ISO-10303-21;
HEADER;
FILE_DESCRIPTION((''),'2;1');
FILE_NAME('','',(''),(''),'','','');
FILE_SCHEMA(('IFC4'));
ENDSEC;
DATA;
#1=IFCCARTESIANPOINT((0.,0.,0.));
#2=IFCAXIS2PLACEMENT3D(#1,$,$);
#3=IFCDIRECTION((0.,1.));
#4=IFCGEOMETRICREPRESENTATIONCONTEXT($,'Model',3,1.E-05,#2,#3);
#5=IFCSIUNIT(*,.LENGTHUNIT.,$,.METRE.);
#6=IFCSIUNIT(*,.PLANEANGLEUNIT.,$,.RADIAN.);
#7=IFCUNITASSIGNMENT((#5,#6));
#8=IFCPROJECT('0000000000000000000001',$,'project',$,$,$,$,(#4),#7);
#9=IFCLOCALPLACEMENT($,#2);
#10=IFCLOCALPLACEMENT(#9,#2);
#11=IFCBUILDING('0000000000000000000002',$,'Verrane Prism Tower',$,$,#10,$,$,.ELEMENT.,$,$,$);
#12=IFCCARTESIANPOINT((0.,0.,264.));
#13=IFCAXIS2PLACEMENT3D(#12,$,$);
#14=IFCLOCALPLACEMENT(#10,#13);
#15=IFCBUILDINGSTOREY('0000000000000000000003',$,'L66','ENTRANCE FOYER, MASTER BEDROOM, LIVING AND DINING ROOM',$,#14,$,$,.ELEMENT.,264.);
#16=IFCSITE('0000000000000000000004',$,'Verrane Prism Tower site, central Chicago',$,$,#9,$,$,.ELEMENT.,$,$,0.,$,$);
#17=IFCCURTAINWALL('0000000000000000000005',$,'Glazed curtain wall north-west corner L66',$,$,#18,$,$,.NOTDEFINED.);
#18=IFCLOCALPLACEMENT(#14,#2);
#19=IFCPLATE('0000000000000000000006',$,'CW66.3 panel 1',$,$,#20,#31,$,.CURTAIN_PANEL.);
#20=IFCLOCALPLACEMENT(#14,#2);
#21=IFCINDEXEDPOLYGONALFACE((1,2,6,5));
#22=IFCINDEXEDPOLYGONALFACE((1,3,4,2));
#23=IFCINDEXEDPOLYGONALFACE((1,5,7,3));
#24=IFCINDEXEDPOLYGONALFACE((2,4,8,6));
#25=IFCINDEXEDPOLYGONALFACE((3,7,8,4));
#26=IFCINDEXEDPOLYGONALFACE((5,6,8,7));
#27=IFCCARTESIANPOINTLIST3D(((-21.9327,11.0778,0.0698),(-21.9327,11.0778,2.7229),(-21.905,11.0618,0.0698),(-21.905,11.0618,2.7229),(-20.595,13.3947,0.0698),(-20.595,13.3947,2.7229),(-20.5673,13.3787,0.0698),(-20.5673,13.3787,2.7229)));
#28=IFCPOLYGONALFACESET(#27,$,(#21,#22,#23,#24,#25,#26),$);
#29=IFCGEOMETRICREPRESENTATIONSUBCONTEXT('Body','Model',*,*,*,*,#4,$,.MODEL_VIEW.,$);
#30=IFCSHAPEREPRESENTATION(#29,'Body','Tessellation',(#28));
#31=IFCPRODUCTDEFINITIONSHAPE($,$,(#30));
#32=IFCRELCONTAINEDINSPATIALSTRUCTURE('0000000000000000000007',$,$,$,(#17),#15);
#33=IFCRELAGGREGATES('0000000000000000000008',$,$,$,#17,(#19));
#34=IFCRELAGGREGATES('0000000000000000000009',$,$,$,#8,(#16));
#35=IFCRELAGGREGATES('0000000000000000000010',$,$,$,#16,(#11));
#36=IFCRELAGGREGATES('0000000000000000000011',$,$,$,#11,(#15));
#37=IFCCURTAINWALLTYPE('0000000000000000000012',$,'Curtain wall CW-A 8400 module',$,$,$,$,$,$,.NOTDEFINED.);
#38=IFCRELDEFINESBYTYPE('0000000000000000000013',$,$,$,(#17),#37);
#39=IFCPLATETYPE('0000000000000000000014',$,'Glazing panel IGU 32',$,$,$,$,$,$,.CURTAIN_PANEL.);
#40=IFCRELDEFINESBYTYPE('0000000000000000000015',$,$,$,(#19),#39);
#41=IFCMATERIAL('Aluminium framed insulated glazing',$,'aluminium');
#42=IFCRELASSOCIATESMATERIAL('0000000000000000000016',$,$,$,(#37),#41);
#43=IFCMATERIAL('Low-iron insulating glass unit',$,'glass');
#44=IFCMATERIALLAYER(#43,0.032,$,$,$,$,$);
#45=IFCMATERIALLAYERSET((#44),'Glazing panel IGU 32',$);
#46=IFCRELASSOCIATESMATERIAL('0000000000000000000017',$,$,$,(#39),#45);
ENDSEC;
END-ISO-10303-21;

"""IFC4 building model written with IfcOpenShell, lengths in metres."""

from ifc_helpers import new_model, si_unit, direction, frame, origin, origin_2d, place, context, subcontext, project, spatial, rectangle, extrude, material, layer, layer_set, type_object, element, aggregate, save


model = new_model("IFC4")

# Units and contexts
model_context = context("Model", 3, precision=1e-05, world=origin(), true_north=direction((0.0, 1.0)))
body_context = subcontext(model_context, "Body", "Model", "MODEL_VIEW")
ifc_project = project(units=[si_unit("LENGTHUNIT", "METRE"), si_unit("PLANEANGLEUNIT", "RADIAN")], contexts=[model_context])

# Site, building, storey
site_placement = place(None, origin())
site = spatial("IfcSite", under=ifc_project, at=site_placement, Name="Verrane Prism Tower site, central Chicago", CompositionType="ELEMENT", RefElevation=0.0)
building_placement = place(site_placement, origin())
building = spatial("IfcBuilding", under=site, at=building_placement, Name="Verrane Prism Tower", CompositionType="ELEMENT")
storey_placement = place(building_placement, frame((0.0, 0.0, 264.0)))
storey = spatial("IfcBuildingStorey", under=building, at=storey_placement, Name="L66", Description="ENTRANCE FOYER, MASTER BEDROOM, LIVING AND DINING ROOM", CompositionType="ELEMENT", Elevation=264.0)

# Curtain wall
ifc_material_1 = material(Name="Aluminium framed insulated glazing", Category="aluminium")
curtain_wall_type_1 = type_object("IfcCurtainWallType", Name="Curtain wall CW-A 8400 module", PredefinedType="NOTDEFINED", material=ifc_material_1)
curtain_wall_1_placement = place(storey_placement, origin())
curtain_wall_1 = element("IfcCurtainWall", 1, at=curtain_wall_1_placement, inside=storey, type_object=curtain_wall_type_1, Name="Glazed curtain wall north-west corner L66", PredefinedType="NOTDEFINED")

# Plate
ifc_material_2 = material(Name="Low-iron insulating glass unit", Category="glass")
ifc_layer_1 = layer(ifc_material_2, 0.032)
ifc_layer_set_1 = layer_set([ifc_layer_1], Name="Glazing panel IGU 32")
plate_type_1 = type_object("IfcPlateType", Name="Glazing panel IGU 32", PredefinedType="CURTAIN_PANEL", material=ifc_layer_set_1)
plate_1_placement = place(storey_placement, frame((-21.25, 12.2283, 0.0698), z_axis=(0.0, 0.0, 1.0), x_axis=(-0.500002, -0.866024, 0.0)))
plate_1 = element("IfcPlate", 2, at=plate_1_placement, type_object=plate_type_1, Name="CW66.3 panel 1", PredefinedType="CURTAIN_PANEL", context=body_context, shape_type="SweptSolid", body=[
    extrude(rectangle(XDim=2.6753, YDim=0.032, at=origin_2d()), origin(), (0.0, 0.0, 1.0), 2.6531),
])
aggregate(curtain_wall_1, [plate_1])

save(model, "model.ifc")
